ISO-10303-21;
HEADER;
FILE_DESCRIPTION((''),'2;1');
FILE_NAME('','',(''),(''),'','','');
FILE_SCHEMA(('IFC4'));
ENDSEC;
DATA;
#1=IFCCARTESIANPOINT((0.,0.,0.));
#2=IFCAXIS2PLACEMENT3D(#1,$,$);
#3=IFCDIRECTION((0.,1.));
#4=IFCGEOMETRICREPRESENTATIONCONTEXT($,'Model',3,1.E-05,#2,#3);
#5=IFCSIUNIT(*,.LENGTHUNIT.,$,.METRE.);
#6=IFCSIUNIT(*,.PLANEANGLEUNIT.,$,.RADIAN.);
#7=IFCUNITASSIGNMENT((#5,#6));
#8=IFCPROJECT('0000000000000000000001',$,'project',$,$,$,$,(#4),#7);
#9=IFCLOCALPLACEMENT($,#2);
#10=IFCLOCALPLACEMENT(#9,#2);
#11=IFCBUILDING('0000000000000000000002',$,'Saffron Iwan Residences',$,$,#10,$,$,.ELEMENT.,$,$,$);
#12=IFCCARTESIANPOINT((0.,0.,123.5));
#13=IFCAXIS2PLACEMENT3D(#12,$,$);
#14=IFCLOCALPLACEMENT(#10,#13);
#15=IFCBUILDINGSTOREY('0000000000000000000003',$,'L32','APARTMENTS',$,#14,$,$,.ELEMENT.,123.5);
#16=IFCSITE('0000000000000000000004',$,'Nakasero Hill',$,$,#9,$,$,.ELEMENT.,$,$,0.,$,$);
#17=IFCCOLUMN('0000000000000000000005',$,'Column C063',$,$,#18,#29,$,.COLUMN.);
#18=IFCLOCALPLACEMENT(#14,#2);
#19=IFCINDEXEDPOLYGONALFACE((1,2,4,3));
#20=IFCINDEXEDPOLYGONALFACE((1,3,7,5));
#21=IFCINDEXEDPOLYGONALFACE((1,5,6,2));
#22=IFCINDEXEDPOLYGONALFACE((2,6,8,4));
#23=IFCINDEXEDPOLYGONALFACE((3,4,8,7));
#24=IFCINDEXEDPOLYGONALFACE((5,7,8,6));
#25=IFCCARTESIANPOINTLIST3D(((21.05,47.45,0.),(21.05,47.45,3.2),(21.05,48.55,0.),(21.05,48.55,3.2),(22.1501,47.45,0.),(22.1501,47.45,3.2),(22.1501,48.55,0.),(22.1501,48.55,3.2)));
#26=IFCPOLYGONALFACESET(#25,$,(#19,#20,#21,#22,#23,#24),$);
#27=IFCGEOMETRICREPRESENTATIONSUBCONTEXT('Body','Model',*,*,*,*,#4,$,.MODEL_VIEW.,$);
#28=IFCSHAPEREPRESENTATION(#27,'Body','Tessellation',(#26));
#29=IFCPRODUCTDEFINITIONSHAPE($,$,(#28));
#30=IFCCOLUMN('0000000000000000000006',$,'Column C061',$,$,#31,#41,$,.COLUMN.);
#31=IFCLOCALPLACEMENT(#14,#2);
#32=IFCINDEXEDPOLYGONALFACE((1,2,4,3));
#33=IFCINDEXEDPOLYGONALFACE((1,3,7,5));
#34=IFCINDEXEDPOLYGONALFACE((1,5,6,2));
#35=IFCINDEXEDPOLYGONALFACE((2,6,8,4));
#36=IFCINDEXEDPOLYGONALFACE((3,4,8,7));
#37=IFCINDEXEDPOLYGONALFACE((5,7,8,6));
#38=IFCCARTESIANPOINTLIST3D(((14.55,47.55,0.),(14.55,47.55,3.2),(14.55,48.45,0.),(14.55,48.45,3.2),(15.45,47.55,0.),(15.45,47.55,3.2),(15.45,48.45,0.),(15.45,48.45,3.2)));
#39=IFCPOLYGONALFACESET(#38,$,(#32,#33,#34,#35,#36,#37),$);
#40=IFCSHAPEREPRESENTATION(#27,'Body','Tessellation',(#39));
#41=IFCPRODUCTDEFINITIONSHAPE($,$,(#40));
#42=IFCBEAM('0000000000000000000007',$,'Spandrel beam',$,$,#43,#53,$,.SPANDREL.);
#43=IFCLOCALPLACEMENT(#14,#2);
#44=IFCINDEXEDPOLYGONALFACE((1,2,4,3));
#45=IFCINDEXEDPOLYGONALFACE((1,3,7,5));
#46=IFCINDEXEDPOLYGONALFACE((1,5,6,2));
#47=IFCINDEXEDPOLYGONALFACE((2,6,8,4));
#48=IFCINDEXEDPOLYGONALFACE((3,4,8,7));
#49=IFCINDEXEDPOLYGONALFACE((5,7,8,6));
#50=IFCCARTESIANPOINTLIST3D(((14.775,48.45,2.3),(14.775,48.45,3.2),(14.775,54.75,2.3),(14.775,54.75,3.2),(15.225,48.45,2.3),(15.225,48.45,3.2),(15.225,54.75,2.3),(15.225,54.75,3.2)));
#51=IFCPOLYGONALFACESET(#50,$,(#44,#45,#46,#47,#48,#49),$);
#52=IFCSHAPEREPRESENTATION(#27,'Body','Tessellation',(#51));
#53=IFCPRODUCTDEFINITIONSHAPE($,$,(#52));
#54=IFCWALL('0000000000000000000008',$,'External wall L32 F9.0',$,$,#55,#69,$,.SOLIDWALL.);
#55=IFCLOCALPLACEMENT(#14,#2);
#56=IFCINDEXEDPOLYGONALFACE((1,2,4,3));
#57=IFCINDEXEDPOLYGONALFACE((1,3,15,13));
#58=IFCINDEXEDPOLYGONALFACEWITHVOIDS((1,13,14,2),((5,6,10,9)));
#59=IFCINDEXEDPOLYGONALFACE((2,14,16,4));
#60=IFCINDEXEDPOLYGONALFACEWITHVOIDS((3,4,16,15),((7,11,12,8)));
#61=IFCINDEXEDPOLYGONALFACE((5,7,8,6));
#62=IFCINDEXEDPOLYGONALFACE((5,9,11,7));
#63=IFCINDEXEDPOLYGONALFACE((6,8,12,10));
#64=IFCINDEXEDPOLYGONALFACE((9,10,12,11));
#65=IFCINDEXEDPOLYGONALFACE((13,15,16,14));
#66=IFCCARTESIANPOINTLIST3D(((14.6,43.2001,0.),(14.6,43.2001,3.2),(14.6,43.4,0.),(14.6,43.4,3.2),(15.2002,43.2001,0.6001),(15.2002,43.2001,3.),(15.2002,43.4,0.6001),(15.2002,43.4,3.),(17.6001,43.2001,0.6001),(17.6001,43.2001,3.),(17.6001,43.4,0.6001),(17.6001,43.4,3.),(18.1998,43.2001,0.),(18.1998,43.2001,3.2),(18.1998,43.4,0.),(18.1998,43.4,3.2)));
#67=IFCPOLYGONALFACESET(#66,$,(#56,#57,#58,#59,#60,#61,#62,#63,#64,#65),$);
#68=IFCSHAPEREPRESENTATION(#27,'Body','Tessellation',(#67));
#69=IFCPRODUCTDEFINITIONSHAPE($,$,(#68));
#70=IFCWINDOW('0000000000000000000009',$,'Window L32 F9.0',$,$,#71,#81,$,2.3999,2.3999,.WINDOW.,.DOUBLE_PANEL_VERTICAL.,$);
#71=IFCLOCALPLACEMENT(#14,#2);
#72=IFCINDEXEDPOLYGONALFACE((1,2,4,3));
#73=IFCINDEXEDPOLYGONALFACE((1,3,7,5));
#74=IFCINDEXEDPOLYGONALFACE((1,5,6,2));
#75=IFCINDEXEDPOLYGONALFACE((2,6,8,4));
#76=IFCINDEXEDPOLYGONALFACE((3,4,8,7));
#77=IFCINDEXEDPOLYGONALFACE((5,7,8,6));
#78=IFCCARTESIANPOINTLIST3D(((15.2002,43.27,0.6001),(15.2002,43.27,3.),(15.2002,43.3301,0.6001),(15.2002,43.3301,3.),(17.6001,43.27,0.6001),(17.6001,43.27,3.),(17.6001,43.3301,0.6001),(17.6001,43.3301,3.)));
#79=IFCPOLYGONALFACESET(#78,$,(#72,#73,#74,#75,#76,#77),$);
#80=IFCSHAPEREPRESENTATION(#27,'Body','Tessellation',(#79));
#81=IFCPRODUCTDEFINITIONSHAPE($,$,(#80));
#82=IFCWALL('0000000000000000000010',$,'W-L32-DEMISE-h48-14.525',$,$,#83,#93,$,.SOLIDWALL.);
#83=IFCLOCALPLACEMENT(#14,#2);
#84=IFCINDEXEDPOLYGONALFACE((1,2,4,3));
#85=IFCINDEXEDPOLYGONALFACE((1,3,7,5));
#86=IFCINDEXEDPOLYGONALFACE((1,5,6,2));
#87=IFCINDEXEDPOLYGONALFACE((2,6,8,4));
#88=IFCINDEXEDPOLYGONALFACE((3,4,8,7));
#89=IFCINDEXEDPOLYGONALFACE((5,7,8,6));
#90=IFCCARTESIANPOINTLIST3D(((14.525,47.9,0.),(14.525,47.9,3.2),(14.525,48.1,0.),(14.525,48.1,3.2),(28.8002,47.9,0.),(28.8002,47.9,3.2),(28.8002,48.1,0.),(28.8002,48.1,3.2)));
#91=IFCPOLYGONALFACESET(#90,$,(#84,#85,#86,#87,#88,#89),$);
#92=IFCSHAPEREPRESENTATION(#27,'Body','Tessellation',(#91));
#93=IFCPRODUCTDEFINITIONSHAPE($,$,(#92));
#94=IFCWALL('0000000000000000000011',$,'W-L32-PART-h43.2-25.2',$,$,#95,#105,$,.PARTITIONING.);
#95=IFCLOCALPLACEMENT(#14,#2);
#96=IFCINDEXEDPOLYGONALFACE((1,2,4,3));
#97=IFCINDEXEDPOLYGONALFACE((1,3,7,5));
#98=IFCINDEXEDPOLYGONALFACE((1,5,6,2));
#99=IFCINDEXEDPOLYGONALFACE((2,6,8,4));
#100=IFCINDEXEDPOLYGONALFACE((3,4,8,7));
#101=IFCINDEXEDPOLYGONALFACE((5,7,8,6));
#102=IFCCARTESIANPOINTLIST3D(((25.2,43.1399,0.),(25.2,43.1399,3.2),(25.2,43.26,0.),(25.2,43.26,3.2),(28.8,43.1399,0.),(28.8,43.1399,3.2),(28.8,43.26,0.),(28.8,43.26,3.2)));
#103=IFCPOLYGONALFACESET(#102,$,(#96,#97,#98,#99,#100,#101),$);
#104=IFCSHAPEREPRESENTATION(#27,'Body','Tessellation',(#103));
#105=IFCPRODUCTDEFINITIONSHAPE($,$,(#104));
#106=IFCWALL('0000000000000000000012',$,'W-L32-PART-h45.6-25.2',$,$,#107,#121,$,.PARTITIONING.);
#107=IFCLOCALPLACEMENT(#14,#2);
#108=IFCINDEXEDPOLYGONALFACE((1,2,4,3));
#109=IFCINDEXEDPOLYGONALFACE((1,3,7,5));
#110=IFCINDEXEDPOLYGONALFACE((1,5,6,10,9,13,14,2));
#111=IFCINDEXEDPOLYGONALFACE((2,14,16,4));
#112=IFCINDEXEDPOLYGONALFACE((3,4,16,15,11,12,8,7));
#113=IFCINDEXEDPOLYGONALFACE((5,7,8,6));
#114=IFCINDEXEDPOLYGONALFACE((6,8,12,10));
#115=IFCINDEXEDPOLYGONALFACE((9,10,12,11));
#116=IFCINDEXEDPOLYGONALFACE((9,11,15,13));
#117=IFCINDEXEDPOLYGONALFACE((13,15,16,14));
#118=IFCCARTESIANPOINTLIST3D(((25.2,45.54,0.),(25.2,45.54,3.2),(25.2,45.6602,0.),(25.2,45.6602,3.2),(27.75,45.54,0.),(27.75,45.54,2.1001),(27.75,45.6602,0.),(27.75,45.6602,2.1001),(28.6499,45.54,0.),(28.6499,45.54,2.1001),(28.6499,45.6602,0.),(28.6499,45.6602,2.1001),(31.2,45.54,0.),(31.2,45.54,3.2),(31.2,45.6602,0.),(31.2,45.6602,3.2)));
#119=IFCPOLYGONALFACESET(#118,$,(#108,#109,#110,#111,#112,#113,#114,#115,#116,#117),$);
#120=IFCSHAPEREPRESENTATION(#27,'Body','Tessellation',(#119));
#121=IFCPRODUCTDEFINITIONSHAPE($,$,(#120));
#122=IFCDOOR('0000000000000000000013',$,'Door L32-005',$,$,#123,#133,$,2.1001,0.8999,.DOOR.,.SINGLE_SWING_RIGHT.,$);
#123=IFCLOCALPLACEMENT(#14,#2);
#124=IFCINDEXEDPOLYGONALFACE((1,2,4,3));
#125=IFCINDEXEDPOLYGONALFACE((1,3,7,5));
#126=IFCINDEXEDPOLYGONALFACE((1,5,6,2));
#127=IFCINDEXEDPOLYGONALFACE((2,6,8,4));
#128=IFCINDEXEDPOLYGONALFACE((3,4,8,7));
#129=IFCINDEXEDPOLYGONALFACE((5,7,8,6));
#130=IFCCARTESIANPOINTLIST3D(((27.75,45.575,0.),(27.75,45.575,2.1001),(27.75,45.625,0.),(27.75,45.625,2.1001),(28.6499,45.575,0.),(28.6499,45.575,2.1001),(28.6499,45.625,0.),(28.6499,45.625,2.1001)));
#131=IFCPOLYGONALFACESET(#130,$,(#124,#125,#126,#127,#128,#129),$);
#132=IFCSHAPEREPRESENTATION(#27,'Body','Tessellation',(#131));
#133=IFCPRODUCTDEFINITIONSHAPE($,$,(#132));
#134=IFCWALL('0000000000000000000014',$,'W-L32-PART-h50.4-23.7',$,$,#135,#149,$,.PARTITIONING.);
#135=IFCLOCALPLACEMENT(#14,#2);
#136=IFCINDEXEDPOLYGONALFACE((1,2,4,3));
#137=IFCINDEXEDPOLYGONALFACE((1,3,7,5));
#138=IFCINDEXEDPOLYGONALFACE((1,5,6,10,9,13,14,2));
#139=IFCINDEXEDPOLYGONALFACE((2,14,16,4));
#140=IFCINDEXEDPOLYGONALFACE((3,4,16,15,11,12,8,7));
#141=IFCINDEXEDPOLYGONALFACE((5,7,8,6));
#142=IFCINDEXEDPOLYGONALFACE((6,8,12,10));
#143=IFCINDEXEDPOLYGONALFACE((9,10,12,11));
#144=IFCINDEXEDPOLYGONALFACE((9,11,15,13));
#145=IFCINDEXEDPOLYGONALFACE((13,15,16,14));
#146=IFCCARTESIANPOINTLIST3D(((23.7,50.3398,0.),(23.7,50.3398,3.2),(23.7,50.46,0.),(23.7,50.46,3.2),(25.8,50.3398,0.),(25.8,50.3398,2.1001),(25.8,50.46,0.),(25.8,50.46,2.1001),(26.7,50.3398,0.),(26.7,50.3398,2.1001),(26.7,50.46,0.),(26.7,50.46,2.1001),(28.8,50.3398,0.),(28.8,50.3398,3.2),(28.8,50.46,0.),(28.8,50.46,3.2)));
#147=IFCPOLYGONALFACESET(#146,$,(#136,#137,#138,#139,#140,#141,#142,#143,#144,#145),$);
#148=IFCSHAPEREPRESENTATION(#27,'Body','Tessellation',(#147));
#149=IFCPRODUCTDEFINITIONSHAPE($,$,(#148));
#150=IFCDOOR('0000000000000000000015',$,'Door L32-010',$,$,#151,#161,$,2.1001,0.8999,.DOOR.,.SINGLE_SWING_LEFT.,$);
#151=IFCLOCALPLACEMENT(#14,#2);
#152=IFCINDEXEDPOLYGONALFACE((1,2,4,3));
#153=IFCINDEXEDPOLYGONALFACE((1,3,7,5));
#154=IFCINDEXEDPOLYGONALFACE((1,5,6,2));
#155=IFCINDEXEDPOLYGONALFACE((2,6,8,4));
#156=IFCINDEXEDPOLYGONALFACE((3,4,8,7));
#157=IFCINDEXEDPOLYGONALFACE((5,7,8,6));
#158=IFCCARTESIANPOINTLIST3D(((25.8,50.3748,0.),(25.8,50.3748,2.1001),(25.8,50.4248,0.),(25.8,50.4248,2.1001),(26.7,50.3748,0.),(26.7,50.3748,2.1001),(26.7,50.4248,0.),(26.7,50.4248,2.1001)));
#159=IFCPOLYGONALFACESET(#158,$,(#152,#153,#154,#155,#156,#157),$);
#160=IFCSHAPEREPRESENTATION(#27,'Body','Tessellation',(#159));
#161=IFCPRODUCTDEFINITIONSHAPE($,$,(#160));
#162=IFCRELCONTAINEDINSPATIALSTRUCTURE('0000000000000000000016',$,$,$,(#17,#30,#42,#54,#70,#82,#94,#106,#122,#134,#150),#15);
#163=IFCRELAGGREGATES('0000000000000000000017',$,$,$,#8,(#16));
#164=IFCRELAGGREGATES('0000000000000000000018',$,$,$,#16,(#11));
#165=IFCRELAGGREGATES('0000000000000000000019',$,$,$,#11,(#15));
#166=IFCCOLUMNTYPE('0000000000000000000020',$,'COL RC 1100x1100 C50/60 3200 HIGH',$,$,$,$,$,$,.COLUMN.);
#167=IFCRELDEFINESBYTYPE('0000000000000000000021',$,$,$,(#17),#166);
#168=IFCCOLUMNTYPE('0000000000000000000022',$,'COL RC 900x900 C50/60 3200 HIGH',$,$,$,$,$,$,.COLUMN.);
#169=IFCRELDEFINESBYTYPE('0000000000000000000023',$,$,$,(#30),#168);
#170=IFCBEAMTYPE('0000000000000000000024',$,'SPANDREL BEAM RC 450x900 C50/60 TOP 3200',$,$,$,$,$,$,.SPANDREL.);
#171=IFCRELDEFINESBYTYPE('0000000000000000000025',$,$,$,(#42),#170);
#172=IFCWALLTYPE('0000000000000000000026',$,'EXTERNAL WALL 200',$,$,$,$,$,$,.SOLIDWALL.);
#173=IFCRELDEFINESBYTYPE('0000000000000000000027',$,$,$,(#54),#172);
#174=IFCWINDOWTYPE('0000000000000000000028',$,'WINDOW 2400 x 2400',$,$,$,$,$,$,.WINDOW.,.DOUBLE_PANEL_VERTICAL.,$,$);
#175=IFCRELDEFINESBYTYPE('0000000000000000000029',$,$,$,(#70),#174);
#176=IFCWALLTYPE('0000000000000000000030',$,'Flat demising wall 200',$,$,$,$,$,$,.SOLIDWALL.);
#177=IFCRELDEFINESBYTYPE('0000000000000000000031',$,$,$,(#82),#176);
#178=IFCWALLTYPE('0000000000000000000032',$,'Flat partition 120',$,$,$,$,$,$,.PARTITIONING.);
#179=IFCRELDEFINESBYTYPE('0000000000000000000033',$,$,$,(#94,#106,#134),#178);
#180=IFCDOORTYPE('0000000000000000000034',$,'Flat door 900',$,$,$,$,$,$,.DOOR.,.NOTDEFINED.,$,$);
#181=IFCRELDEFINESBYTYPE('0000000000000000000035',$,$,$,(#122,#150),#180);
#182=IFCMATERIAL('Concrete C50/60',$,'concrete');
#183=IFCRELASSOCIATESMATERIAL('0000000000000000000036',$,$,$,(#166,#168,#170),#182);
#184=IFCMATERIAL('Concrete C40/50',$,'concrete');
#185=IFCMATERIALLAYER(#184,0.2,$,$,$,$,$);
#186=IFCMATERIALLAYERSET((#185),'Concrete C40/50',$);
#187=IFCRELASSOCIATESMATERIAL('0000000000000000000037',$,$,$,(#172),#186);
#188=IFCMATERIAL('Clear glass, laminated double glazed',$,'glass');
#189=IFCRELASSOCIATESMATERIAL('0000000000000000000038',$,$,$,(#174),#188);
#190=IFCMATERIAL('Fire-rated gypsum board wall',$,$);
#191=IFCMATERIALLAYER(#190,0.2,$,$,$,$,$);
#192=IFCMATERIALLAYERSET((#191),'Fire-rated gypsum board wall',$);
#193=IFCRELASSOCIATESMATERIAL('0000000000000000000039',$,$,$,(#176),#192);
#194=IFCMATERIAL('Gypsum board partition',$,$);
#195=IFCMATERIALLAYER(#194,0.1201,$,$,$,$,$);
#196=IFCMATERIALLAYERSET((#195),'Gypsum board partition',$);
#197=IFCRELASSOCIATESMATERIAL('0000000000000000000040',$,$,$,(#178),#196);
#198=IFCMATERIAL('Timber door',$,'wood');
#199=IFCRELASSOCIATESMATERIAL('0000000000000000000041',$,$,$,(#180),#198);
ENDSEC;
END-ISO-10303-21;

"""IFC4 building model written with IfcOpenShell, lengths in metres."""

from ifc_helpers import new_model, si_unit, direction, frame, frame_2d, origin, origin_2d, place, context, subcontext, project, spatial, rectangle, extrude, source, transform, mapped, material, layer, layer_set, material_profile, profile_set, type_object, element, fill, save


model = new_model("IFC4")

# Units and contexts
model_context = context("Model", 3, precision=1e-05, world=origin(), true_north=direction((0.0, 1.0)))
body_context = subcontext(model_context, "Body", "Model", "MODEL_VIEW")
ifc_project = project(units=[si_unit("LENGTHUNIT", "METRE"), si_unit("PLANEANGLEUNIT", "RADIAN")], contexts=[model_context])

# Site, building, storey
site_placement = place(None, origin())
site = spatial("IfcSite", under=ifc_project, at=site_placement, Name="Nakasero Hill", CompositionType="ELEMENT", RefElevation=0.0)
building_placement = place(site_placement, origin())
building = spatial("IfcBuilding", under=site, at=building_placement, Name="Saffron Iwan Residences", CompositionType="ELEMENT")
storey_placement = place(building_placement, frame((0.0, 0.0, 123.5)))
storey = spatial("IfcBuildingStorey", under=building, at=storey_placement, Name="L32", Description="APARTMENTS", CompositionType="ELEMENT", Elevation=123.5)

# Columns
ifc_material_1 = material(Name="Concrete C50/60", Category="concrete")
ifc_material_profile_1 = material_profile(ifc_material_1, rectangle(XDim=1.1001, YDim=1.1001, at=origin_2d()), Name="RC 1100x1100")
ifc_profile_set_1 = profile_set([ifc_material_profile_1], Name="Concrete C50/60")
column_type_1 = type_object("IfcColumnType", Name="COL RC 1100x1100 C50/60 3200 HIGH", PredefinedType="COLUMN", material=ifc_profile_set_1)
shared_shape_1 = source(origin(), body_context, "Body", "SweptSolid", [
    extrude(rectangle(XDim=1.1001, YDim=1.1001, at=origin_2d()), origin(), (0.0, 0.0, 1.0), 3.2),
])
column_1_placement = place(storey_placement, frame((21.6001, 48.0, 0.0), z_axis=(0.0, 0.0, 1.0), x_axis=(1.0, 0.0, 0.0)))
element("IfcColumn", 1, at=column_1_placement, inside=storey, type_object=column_type_1, Name="Column C063", PredefinedType="COLUMN", context=body_context, shape_type="MappedRepresentation", body=[
    mapped(shared_shape_1, transform((0.0, 0.0, 0.0))),
])
ifc_material_profile_2 = material_profile(ifc_material_1, rectangle(XDim=0.8999, YDim=0.8999, at=origin_2d()), Name="RC 900x900")
ifc_profile_set_2 = profile_set([ifc_material_profile_2], Name="Concrete C50/60")
column_type_2 = type_object("IfcColumnType", Name="COL RC 900x900 C50/60 3200 HIGH", PredefinedType="COLUMN", material=ifc_profile_set_2)
shared_shape_2 = source(origin(), body_context, "Body", "SweptSolid", [
    extrude(rectangle(XDim=0.8999, YDim=0.8999, at=origin_2d()), origin(), (0.0, 0.0, 1.0), 3.2),
])
column_2_placement = place(storey_placement, frame((15.0, 48.0, 0.0), z_axis=(0.0, 0.0, 1.0), x_axis=(1.0, 0.0, 0.0)))
element("IfcColumn", 2, at=column_2_placement, inside=storey, type_object=column_type_2, Name="Column C061", PredefinedType="COLUMN", context=body_context, shape_type="MappedRepresentation", body=[
    mapped(shared_shape_2, transform((0.0, 0.0, 0.0))),
])

# Beam
ifc_material_profile_3 = material_profile(ifc_material_1, rectangle(XDim=0.45, YDim=0.8999, at=origin_2d()), Name="RC 450x900")
ifc_profile_set_3 = profile_set([ifc_material_profile_3], Name="Concrete C50/60")
beam_type = type_object("IfcBeamType", Name="SPANDREL BEAM RC 450x900 C50/60 TOP 3200", PredefinedType="SPANDREL", material=ifc_profile_set_3)
shared_shape_3 = source(origin(), body_context, "Body", "SweptSolid", [
    extrude(rectangle(XDim=0.45, YDim=0.8999, at=origin_2d()), origin(), (0.0, 0.0, 1.0), 6.3),
])
beam_placement = place(storey_placement, frame((15.0, 48.45, 2.75), z_axis=(0.0, 1.0, 0.0), x_axis=(-1.0, 0.0, 0.0)))
element("IfcBeam", 3, at=beam_placement, inside=storey, type_object=beam_type, Name="Spandrel beam", PredefinedType="SPANDREL", context=body_context, shape_type="MappedRepresentation", body=[
    mapped(shared_shape_3, transform((0.0, 0.0, 0.0))),
])

# Wall, opening, window
ifc_material_2 = material(Name="Concrete C40/50", Category="concrete")
ifc_layer_1 = layer(ifc_material_2, 0.2)
ifc_layer_set_1 = layer_set([ifc_layer_1], Name="Concrete C40/50")
wall_type_1 = type_object("IfcWallType", Name="EXTERNAL WALL 200", PredefinedType="SOLIDWALL", material=ifc_layer_set_1)
wall_1_placement = place(storey_placement, frame((14.6001, 43.3, 0.0), z_axis=(0.0, 0.0, 1.0), x_axis=(1.0, 0.0, 0.0)))
wall_1 = element("IfcWall", 4, at=wall_1_placement, inside=storey, type_object=wall_type_1, Name="External wall L32 F9.0", PredefinedType="SOLIDWALL", context=body_context, shape_type="SweptSolid", body=[
    extrude(rectangle(XDim=3.5999, YDim=0.2, at=frame_2d((1.7998, 0.0))), origin(), (0.0, 0.0, 1.0), 3.2),
])
opening_1_placement = place(wall_1_placement, frame((0.6001, 0.0, 0.6001)))
opening_1 = element("IfcOpeningElement", 5, at=opening_1_placement, cuts=wall_1, PredefinedType="OPENING", context=body_context, shape_type="SweptSolid", body=[
    extrude(rectangle(XDim=2.3999, YDim=2.3999, at=frame_2d((1.2, 1.2))), frame((0.0, 0.1099, 0.0), z_axis=(0.0, -1.0, 0.0), x_axis=(1.0, 0.0, 0.0)), (0.0, 0.0, 1.0), 0.22),
])
ifc_material_3 = material(Name="Clear glass, laminated double glazed", Category="glass")
window_type = type_object("IfcWindowType", Name="WINDOW 2400 x 2400", PartitioningType="DOUBLE_PANEL_VERTICAL", PredefinedType="WINDOW", material=ifc_material_3)
window_placement = place(opening_1_placement, origin())
window = element("IfcWindow", 6, at=window_placement, inside=storey, type_object=window_type, Name="Window L32 F9.0", OverallHeight=2.3999, OverallWidth=2.3999, PartitioningType="DOUBLE_PANEL_VERTICAL", PredefinedType="WINDOW", context=body_context, shape_type="SweptSolid", body=[
    extrude(rectangle(XDim=2.3999, YDim=2.3999, at=frame_2d((1.2, 1.2))), frame((0.0, 0.03, 0.0), z_axis=(0.0, -1.0, 0.0), x_axis=(1.0, 0.0, 0.0)), (0.0, 0.0, 1.0), 0.0601),
])
fill(opening_1, window)

# Walls
ifc_material_4 = material(Name="Fire-rated gypsum board wall")
ifc_layer_2 = layer(ifc_material_4, 0.2)
ifc_layer_set_2 = layer_set([ifc_layer_2], Name="Fire-rated gypsum board wall")
wall_type_2 = type_object("IfcWallType", Name="Flat demising wall 200", PredefinedType="SOLIDWALL", material=ifc_layer_set_2)
wall_2_placement = place(storey_placement, frame((14.5249, 48.0, 0.0), z_axis=(0.0, 0.0, 1.0), x_axis=(1.0, 0.0, 0.0)))
element("IfcWall", 7, at=wall_2_placement, inside=storey, type_object=wall_type_2, Name="W-L32-DEMISE-h48-14.525", PredefinedType="SOLIDWALL", context=body_context, shape_type="SweptSolid", body=[
    extrude(rectangle(XDim=14.2751, YDim=0.2, at=frame_2d((7.1377, 0.0))), origin(), (0.0, 0.0, 1.0), 3.2),
])
ifc_material_5 = material(Name="Gypsum board partition")
ifc_layer_3 = layer(ifc_material_5, 0.1201)
ifc_layer_set_3 = layer_set([ifc_layer_3], Name="Gypsum board partition")
wall_type_3 = type_object("IfcWallType", Name="Flat partition 120", PredefinedType="PARTITIONING", material=ifc_layer_set_3)
wall_3_placement = place(storey_placement, frame((25.2, 43.2, 0.0), z_axis=(0.0, 0.0, 1.0), x_axis=(1.0, 0.0, 0.0)))
element("IfcWall", 8, at=wall_3_placement, inside=storey, type_object=wall_type_3, Name="W-L32-PART-h43.2-25.2", PredefinedType="PARTITIONING", context=body_context, shape_type="SweptSolid", body=[
    extrude(rectangle(XDim=3.6001, YDim=0.1201, at=frame_2d((1.8, 0.0))), origin(), (0.0, 0.0, 1.0), 3.2),
])

# Walls, openings, doors
wall_4_placement = place(storey_placement, frame((25.2, 45.6001, 0.0), z_axis=(0.0, 0.0, 1.0), x_axis=(1.0, 0.0, 0.0)))
wall_4 = element("IfcWall", 9, at=wall_4_placement, inside=storey, type_object=wall_type_3, Name="W-L32-PART-h45.6-25.2", PredefinedType="PARTITIONING", context=body_context, shape_type="SweptSolid", body=[
    extrude(rectangle(XDim=6.0, YDim=0.1201, at=frame_2d((3.0, 0.0))), origin(), (0.0, 0.0, 1.0), 3.2),
])
opening_2_placement = place(wall_4_placement, frame((2.55, 0.0, 0.0)))
opening_2 = element("IfcOpeningElement", 10, at=opening_2_placement, cuts=wall_4, PredefinedType="OPENING", context=body_context, shape_type="SweptSolid", body=[
    extrude(rectangle(XDim=0.8999, YDim=2.1001, at=frame_2d((0.45, 1.05))), frame((0.0, 0.0701, 0.0), z_axis=(0.0, -1.0, 0.0), x_axis=(1.0, 0.0, 0.0)), (0.0, 0.0, 1.0), 0.1401),
])
ifc_material_6 = material(Name="Timber door", Category="wood")
door_type_1 = type_object("IfcDoorType", Name="Flat door 900", OperationType="NOTDEFINED", PredefinedType="DOOR", material=ifc_material_6)
door_1_placement = place(opening_2_placement, origin())
door_1 = element("IfcDoor", 11, at=door_1_placement, inside=storey, type_object=door_type_1, Name="Door L32-005", OperationType="SINGLE_SWING_RIGHT", OverallHeight=2.1001, OverallWidth=0.8999, PredefinedType="DOOR", context=body_context, shape_type="SweptSolid", body=[
    extrude(rectangle(XDim=0.8999, YDim=2.1001, at=frame_2d((0.45, 1.05))), frame((0.0, 0.0249, 0.0), z_axis=(0.0, -1.0, 0.0), x_axis=(1.0, 0.0, 0.0)), (0.0, 0.0, 1.0), 0.05),
])
fill(opening_2, door_1)
wall_5_placement = place(storey_placement, frame((23.7, 50.3999, 0.0), z_axis=(0.0, 0.0, 1.0), x_axis=(1.0, 0.0, 0.0)))
wall_5 = element("IfcWall", 12, at=wall_5_placement, inside=storey, type_object=wall_type_3, Name="W-L32-PART-h50.4-23.7", PredefinedType="PARTITIONING", context=body_context, shape_type="SweptSolid", body=[
    extrude(rectangle(XDim=5.1001, YDim=0.1201, at=frame_2d((2.55, 0.0))), origin(), (0.0, 0.0, 1.0), 3.2),
])
opening_3_placement = place(wall_5_placement, frame((2.1001, 0.0, 0.0)))
opening_3 = element("IfcOpeningElement", 13, at=opening_3_placement, cuts=wall_5, PredefinedType="OPENING", context=body_context, shape_type="SweptSolid", body=[
    extrude(rectangle(XDim=0.8999, YDim=2.1001, at=frame_2d((0.45, 1.05))), frame((0.0, 0.0701, 0.0), z_axis=(0.0, -1.0, 0.0), x_axis=(1.0, 0.0, 0.0)), (0.0, 0.0, 1.0), 0.1401),
])
door_2_placement = place(opening_3_placement, origin())
door_2 = element("IfcDoor", 14, at=door_2_placement, inside=storey, type_object=door_type_1, Name="Door L32-010", OperationType="SINGLE_SWING_LEFT", OverallHeight=2.1001, OverallWidth=0.8999, PredefinedType="DOOR", context=body_context, shape_type="SweptSolid", body=[
    extrude(rectangle(XDim=0.8999, YDim=2.1001, at=frame_2d((0.45, 1.05))), frame((0.0, 0.0249, 0.0), z_axis=(0.0, -1.0, 0.0), x_axis=(1.0, 0.0, 0.0)), (0.0, 0.0, 1.0), 0.05),
])
fill(opening_3, door_2)

save(model, "model.ifc")
